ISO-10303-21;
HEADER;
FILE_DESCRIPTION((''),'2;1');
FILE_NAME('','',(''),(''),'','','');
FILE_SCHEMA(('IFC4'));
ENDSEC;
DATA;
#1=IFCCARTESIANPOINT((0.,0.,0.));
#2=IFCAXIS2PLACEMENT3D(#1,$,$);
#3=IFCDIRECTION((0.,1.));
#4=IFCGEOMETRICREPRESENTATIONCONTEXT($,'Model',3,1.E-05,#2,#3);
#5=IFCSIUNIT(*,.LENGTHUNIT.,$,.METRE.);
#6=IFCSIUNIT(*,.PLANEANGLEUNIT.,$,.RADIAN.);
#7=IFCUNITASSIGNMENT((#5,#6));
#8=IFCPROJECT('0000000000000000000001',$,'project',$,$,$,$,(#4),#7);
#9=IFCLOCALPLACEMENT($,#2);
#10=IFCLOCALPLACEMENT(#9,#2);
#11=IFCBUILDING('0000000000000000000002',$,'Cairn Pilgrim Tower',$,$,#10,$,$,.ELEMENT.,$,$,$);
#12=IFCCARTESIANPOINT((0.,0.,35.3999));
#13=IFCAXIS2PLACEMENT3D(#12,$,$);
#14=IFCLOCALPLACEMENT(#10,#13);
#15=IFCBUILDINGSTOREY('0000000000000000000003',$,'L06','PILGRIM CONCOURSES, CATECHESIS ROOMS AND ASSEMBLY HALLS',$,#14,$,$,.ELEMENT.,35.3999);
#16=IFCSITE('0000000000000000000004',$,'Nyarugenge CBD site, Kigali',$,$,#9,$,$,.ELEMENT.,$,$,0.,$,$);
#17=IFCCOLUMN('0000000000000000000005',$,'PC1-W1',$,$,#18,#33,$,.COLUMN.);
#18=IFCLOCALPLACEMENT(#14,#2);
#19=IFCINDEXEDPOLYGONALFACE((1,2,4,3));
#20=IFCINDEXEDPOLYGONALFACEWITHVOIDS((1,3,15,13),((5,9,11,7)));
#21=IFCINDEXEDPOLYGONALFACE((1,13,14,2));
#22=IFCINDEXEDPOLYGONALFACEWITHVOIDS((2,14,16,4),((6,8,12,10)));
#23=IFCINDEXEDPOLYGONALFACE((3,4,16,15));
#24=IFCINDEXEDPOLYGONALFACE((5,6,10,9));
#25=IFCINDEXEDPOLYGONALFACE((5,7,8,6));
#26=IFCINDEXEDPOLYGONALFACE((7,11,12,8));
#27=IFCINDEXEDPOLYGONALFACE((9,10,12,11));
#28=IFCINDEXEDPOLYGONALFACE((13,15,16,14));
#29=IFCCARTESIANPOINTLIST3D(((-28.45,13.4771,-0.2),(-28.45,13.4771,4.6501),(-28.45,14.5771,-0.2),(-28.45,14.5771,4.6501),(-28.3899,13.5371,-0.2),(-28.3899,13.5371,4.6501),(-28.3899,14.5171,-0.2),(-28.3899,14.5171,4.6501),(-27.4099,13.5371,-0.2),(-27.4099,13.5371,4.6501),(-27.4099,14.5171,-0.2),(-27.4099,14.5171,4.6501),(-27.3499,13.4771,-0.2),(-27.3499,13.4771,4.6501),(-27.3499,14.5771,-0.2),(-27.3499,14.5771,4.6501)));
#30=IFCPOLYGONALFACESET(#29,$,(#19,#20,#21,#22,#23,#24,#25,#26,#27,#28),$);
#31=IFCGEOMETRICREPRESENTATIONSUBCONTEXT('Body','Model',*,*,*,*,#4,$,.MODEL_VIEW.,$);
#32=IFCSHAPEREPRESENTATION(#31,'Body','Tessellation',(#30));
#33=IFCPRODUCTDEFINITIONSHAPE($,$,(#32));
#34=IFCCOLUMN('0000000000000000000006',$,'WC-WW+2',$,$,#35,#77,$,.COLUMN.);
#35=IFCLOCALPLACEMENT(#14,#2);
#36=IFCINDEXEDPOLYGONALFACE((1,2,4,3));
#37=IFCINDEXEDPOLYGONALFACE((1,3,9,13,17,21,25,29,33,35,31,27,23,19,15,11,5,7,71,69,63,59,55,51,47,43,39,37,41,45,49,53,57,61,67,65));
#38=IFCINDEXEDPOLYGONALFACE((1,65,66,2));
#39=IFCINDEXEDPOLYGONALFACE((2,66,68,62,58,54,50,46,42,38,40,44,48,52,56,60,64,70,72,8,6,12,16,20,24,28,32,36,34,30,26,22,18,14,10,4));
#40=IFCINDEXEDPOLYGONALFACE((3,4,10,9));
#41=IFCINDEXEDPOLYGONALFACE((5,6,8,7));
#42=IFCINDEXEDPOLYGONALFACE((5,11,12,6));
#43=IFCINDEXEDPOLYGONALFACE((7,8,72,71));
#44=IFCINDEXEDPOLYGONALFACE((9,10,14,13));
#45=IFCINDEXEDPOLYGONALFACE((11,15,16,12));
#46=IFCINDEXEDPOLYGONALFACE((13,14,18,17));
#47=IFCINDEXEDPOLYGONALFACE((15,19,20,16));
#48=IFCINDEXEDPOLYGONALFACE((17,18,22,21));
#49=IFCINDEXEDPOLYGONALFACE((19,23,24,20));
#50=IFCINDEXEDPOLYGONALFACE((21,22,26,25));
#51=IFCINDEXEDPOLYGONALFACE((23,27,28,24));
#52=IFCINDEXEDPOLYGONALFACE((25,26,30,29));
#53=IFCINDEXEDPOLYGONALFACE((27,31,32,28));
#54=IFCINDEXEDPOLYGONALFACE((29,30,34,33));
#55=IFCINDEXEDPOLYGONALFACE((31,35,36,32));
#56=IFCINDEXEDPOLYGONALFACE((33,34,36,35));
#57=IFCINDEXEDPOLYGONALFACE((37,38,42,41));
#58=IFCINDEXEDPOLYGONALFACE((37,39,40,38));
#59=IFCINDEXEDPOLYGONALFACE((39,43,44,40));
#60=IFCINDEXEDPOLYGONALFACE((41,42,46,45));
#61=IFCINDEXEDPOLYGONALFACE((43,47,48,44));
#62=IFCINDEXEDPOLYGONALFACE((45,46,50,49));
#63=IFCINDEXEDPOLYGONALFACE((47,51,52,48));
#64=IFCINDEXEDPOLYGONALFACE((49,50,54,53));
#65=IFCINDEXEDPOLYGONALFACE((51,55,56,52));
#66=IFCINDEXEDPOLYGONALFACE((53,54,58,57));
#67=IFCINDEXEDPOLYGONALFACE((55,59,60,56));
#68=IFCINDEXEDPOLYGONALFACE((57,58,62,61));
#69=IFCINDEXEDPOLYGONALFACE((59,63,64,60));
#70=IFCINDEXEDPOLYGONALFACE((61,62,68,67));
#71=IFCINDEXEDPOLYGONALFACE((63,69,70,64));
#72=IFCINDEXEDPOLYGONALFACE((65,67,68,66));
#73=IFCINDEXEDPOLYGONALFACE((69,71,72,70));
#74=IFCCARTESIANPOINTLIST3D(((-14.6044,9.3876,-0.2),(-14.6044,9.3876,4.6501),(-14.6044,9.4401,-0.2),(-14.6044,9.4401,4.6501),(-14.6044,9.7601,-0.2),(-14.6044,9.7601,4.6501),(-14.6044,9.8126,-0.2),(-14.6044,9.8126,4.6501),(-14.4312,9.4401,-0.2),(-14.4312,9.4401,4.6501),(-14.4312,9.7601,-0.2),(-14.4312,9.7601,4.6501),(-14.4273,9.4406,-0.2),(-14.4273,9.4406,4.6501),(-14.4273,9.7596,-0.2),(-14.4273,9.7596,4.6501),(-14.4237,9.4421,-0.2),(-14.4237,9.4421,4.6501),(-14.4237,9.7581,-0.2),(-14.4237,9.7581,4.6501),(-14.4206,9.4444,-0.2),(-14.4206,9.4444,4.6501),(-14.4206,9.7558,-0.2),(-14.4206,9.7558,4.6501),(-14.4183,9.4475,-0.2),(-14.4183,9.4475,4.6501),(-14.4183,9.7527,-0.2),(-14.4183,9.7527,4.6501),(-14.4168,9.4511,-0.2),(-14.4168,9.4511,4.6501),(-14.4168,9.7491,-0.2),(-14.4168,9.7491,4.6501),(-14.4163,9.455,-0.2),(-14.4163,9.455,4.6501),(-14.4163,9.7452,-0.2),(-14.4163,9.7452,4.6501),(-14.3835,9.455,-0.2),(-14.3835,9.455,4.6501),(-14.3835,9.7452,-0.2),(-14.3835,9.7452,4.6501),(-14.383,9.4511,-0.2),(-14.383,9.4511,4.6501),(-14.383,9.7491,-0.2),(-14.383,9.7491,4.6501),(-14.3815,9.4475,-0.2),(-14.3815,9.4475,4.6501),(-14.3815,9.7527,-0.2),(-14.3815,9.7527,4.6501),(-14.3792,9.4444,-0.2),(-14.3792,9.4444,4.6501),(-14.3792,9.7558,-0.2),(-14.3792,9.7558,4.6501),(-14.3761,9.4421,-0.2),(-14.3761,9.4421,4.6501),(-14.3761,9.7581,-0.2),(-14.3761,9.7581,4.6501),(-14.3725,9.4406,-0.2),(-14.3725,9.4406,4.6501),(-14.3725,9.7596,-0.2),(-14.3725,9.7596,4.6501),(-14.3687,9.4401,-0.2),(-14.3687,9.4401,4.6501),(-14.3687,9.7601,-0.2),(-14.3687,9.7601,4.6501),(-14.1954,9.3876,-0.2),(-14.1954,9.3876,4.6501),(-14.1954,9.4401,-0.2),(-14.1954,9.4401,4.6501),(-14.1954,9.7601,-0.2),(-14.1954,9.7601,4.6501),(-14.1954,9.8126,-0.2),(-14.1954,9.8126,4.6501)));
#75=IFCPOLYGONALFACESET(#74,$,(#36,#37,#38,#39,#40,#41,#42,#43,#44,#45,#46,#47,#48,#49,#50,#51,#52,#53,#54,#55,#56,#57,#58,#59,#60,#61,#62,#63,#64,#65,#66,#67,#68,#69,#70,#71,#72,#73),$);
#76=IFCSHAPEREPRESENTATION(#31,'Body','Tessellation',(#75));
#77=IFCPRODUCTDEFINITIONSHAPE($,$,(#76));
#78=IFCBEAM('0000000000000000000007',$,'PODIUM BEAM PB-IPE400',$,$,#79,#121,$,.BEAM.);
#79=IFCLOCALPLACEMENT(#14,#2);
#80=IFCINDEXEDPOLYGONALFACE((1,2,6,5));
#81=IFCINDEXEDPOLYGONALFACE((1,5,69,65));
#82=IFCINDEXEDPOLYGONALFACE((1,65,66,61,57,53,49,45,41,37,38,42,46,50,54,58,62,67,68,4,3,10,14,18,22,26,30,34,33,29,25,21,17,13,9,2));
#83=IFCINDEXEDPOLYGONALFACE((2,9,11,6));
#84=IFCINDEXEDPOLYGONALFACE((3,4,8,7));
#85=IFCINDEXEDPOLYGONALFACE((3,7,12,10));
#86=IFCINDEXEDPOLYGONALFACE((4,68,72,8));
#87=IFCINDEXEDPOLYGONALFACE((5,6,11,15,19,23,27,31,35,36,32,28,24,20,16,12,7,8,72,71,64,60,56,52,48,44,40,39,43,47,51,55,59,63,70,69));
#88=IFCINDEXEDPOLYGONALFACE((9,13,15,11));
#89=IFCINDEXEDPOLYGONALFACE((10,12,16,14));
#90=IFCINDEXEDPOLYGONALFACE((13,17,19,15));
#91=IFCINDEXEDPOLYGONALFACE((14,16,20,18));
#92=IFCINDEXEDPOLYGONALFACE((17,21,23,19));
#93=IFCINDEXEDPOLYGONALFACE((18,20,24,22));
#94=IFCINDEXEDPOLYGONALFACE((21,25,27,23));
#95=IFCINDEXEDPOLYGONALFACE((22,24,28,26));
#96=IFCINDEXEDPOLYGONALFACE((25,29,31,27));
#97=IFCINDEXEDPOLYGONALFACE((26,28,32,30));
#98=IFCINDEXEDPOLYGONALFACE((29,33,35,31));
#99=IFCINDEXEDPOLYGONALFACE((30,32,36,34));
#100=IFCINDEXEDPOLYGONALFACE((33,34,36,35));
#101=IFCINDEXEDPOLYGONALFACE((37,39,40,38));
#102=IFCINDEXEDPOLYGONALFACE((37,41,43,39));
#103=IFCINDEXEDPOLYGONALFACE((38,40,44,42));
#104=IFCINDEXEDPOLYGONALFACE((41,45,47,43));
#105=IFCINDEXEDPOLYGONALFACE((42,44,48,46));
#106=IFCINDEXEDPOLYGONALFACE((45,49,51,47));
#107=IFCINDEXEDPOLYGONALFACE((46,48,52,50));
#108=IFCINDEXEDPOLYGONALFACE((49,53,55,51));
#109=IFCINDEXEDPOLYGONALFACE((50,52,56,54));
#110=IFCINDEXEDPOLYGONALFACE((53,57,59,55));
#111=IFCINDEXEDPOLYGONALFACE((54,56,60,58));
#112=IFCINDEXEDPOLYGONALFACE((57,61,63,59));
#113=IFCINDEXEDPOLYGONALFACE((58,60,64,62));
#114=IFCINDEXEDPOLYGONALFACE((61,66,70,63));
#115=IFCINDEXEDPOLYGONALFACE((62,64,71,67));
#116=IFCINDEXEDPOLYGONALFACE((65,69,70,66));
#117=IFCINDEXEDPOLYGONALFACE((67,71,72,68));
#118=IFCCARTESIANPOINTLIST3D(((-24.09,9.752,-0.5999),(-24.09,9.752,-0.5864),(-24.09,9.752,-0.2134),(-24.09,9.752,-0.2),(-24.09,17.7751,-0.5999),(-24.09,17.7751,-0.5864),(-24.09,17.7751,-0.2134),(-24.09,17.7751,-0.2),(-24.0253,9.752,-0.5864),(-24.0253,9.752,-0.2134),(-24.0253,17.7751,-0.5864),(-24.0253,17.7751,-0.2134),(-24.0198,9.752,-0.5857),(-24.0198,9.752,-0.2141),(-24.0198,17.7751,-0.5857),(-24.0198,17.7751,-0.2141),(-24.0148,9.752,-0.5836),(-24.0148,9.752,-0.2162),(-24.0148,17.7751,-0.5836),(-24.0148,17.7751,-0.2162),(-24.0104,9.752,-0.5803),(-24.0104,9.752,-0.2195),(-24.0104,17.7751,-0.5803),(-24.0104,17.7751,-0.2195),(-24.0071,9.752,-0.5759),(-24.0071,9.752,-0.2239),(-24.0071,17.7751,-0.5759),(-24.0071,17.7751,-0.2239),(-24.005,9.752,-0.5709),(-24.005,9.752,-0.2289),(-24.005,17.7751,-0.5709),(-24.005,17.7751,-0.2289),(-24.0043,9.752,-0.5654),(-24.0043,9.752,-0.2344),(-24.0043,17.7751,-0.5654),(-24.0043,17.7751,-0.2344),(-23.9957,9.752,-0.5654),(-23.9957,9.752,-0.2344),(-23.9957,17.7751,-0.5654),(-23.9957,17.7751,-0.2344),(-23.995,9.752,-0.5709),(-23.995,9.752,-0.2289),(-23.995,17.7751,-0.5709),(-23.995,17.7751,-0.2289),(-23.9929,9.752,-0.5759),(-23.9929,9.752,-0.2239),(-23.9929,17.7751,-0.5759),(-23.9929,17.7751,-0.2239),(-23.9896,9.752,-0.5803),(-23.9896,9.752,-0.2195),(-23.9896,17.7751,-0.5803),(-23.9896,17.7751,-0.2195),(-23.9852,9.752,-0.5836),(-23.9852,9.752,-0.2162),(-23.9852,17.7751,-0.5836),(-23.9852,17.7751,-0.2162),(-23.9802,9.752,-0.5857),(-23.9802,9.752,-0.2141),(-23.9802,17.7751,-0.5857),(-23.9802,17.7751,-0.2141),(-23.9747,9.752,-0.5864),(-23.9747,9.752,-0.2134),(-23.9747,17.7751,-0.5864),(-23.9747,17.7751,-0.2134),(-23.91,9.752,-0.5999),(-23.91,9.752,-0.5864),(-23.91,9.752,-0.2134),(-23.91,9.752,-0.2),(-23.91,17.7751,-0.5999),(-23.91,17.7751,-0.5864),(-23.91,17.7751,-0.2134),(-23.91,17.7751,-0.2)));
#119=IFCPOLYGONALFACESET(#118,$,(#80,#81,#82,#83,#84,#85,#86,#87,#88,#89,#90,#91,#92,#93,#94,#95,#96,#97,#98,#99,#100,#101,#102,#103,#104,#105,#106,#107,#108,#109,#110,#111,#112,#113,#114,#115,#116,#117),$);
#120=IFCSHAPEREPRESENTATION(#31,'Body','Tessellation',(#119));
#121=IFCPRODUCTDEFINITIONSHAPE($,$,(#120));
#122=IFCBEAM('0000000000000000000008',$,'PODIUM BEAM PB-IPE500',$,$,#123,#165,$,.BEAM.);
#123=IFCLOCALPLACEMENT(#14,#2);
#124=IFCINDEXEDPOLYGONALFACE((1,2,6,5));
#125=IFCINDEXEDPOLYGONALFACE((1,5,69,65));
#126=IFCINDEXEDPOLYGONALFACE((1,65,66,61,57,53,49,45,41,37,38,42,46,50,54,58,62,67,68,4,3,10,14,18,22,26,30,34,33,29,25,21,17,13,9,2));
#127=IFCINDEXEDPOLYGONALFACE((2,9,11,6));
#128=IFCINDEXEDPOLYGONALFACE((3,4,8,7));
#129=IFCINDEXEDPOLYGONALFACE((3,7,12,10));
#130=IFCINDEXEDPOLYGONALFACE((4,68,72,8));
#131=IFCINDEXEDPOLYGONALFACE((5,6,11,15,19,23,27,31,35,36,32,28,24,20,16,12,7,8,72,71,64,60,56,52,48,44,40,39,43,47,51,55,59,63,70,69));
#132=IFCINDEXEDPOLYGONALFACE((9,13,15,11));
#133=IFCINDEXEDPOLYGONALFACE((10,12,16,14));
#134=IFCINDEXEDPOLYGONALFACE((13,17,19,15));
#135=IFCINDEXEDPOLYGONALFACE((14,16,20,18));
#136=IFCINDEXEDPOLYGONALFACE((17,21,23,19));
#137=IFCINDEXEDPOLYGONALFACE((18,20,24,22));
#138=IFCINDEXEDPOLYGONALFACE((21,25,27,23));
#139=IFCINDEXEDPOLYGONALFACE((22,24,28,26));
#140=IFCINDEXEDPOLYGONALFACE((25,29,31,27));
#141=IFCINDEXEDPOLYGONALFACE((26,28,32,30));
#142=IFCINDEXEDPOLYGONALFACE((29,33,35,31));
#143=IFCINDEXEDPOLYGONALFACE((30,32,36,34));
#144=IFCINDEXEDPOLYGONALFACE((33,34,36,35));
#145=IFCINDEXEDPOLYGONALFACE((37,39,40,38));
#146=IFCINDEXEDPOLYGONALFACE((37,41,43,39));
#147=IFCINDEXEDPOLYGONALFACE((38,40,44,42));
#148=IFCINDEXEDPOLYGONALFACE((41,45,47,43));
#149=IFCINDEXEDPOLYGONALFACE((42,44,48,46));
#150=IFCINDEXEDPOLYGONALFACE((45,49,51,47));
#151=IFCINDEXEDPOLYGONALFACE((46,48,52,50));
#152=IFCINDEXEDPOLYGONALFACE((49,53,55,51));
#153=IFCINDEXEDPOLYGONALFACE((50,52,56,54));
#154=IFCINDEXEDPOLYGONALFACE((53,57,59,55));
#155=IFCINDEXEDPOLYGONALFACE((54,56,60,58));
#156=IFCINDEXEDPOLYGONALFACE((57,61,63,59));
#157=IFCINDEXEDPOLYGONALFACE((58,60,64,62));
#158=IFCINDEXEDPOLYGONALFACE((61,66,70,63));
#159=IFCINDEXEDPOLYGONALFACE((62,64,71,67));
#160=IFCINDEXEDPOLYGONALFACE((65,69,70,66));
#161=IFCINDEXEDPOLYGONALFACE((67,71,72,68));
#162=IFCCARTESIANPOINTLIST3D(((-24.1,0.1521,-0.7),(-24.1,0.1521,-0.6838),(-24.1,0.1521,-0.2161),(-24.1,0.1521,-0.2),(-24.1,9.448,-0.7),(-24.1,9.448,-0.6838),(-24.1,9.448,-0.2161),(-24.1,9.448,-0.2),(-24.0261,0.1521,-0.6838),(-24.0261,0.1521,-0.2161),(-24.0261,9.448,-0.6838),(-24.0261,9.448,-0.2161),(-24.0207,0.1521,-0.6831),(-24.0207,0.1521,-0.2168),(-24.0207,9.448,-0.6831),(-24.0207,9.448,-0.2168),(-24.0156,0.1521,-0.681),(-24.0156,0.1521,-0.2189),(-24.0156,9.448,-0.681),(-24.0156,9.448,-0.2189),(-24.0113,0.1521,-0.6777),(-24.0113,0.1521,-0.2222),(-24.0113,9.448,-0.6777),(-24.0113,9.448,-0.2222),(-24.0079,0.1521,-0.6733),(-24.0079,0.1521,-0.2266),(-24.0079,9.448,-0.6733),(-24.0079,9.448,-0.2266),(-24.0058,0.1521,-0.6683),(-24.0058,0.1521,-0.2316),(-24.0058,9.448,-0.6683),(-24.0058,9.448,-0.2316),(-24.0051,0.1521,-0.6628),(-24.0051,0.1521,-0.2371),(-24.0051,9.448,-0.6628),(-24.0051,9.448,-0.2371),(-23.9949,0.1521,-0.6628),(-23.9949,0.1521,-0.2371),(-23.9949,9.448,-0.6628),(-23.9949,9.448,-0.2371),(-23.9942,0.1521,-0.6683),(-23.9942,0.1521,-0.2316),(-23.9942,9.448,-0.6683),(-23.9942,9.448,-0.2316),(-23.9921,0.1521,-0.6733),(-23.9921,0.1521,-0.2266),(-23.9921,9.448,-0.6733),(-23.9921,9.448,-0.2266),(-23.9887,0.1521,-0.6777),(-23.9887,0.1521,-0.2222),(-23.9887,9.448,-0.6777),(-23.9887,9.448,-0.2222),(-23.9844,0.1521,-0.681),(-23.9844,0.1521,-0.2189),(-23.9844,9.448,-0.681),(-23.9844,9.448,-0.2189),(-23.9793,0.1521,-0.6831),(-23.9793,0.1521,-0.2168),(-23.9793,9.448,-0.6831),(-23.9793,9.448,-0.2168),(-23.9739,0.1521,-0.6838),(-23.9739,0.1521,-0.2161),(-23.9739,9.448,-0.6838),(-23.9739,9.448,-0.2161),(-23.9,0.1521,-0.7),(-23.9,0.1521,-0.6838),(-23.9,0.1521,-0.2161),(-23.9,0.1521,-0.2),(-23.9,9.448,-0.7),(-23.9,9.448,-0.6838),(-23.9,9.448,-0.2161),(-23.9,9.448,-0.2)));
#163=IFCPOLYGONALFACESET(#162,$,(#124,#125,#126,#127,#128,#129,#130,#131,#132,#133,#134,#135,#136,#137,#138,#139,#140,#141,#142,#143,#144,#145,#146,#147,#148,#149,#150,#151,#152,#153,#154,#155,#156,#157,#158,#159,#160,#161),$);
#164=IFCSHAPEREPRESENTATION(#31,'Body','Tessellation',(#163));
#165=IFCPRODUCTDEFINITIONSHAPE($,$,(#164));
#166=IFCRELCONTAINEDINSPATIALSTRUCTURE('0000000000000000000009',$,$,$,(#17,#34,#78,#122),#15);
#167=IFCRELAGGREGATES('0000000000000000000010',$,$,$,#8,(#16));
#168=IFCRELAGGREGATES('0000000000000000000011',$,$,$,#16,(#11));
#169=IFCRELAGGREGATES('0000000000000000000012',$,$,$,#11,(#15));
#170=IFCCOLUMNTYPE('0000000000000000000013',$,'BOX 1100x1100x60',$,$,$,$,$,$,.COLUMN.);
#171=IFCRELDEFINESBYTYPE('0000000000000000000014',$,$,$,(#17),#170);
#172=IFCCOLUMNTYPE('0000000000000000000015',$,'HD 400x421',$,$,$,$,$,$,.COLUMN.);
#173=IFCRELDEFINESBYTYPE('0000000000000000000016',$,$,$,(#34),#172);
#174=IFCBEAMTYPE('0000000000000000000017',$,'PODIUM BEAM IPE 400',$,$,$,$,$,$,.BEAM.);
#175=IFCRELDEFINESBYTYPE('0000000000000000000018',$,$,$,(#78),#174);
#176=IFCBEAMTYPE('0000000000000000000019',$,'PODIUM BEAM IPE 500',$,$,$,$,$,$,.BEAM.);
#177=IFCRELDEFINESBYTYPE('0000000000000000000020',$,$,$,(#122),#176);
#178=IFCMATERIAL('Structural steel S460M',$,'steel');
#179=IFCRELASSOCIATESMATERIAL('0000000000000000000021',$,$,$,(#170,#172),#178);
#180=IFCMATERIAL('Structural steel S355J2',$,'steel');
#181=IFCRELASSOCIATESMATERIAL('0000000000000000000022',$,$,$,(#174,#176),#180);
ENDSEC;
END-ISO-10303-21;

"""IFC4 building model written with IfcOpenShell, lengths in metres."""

from ifc_helpers import new_model, si_unit, direction, frame, origin, origin_2d, place, context, subcontext, project, spatial, hollow_rectangle, i_section, extrude, material, material_profile, profile_set, type_object, element, save


model = new_model("IFC4")

# Units and contexts
model_context = context("Model", 3, precision=1e-05, world=origin(), true_north=direction((0.0, 1.0)))
body_context = subcontext(model_context, "Body", "Model", "MODEL_VIEW")
ifc_project = project(units=[si_unit("LENGTHUNIT", "METRE"), si_unit("PLANEANGLEUNIT", "RADIAN")], contexts=[model_context])

# Site, building, storey
site_placement = place(None, origin())
site = spatial("IfcSite", under=ifc_project, at=site_placement, Name="Nyarugenge CBD site, Kigali", CompositionType="ELEMENT", RefElevation=0.0)
building_placement = place(site_placement, origin())
building = spatial("IfcBuilding", under=site, at=building_placement, Name="Cairn Pilgrim Tower", CompositionType="ELEMENT")
storey_placement = place(building_placement, frame((0.0, 0.0, 35.3999)))
storey = spatial("IfcBuildingStorey", under=building, at=storey_placement, Name="L06", Description="PILGRIM CONCOURSES, CATECHESIS ROOMS AND ASSEMBLY HALLS", CompositionType="ELEMENT", Elevation=35.3999)

# Columns
ifc_material_1 = material(Name="Structural steel S460M", Category="steel")
ifc_material_profile_1 = material_profile(ifc_material_1, hollow_rectangle(XDim=1.1001, YDim=1.1001, WallThickness=0.0601, at=origin_2d()), Name="BOX 1100x1100x60")
ifc_profile_set_1 = profile_set([ifc_material_profile_1], Name="Structural steel S460M")
column_type_1 = type_object("IfcColumnType", Name="BOX 1100x1100x60", PredefinedType="COLUMN", material=ifc_profile_set_1)
column_1_placement = place(storey_placement, frame((-27.8999, 14.0271, -0.2), z_axis=(0.0, 0.0, 1.0), x_axis=(1.0, 0.0, 0.0)))
element("IfcColumn", 1, at=column_1_placement, inside=storey, type_object=column_type_1, Name="PC1-W1", PredefinedType="COLUMN", context=body_context, shape_type="SweptSolid", body=[
    extrude(hollow_rectangle(XDim=1.1001, YDim=1.1001, WallThickness=0.0601, at=origin_2d()), origin(), (0.0, 0.0, 1.0), 4.8501),
])
ifc_material_profile_2 = material_profile(ifc_material_1, i_section(OverallWidth=0.4089, OverallDepth=0.425, WebThickness=0.0327, FlangeThickness=0.0525, FilletRadius=0.0149, at=origin_2d()), Name="HD 400x421")
ifc_profile_set_2 = profile_set([ifc_material_profile_2], Name="Structural steel S460M")
column_type_2 = type_object("IfcColumnType", Name="HD 400x421", PredefinedType="COLUMN", material=ifc_profile_set_2)
column_2_placement = place(storey_placement, frame((-14.3999, 9.6001, -0.2), z_axis=(0.0, 0.0, 1.0), x_axis=(1.0, 0.0, 0.0)))
element("IfcColumn", 2, at=column_2_placement, inside=storey, type_object=column_type_2, Name="WC-WW+2", PredefinedType="COLUMN", context=body_context, shape_type="SweptSolid", body=[
    extrude(i_section(OverallWidth=0.4089, OverallDepth=0.425, WebThickness=0.0327, FlangeThickness=0.0525, FilletRadius=0.0149, at=origin_2d()), origin(), (0.0, 0.0, 1.0), 4.8501),
])

# Beams
ifc_material_2 = material(Name="Structural steel S355J2", Category="steel")
ifc_material_profile_3 = material_profile(ifc_material_2, i_section(OverallWidth=0.1799, OverallDepth=0.3999, WebThickness=0.0085, FlangeThickness=0.0134, FilletRadius=0.021, at=origin_2d()), Name="IPE 400")
ifc_profile_set_3 = profile_set([ifc_material_profile_3], Name="Structural steel S355J2")
beam_type_1 = type_object("IfcBeamType", Name="PODIUM BEAM IPE 400", PredefinedType="BEAM", material=ifc_profile_set_3)
beam_1_placement = place(storey_placement, frame((-24.0, 9.752, -0.3999), z_axis=(0.0, 1.0, 0.0), x_axis=(-1.0, 0.0, 0.0)))
element("IfcBeam", 3, at=beam_1_placement, inside=storey, type_object=beam_type_1, Name="PODIUM BEAM PB-IPE400", PredefinedType="BEAM", context=body_context, shape_type="SweptSolid", body=[
    extrude(i_section(OverallWidth=0.1799, OverallDepth=0.3999, WebThickness=0.0085, FlangeThickness=0.0134, FilletRadius=0.021, at=origin_2d()), origin(), (0.0, 0.0, 1.0), 8.0232),
])
ifc_material_profile_4 = material_profile(ifc_material_2, i_section(OverallWidth=0.2, OverallDepth=0.5, WebThickness=0.0103, FlangeThickness=0.0161, FilletRadius=0.021, at=origin_2d()), Name="IPE 500")
ifc_profile_set_4 = profile_set([ifc_material_profile_4], Name="Structural steel S355J2")
beam_type_2 = type_object("IfcBeamType", Name="PODIUM BEAM IPE 500", PredefinedType="BEAM", material=ifc_profile_set_4)
for number, where, z_axis, x_axis, name in (
    (4, (-24.0, 0.1521, -0.45), (0.0, 1.0, 0.0), (-1.0, 0.0, 0.0), "PODIUM BEAM PB-IPE500"),
):
    element("IfcBeam", number, at=place(storey_placement, frame(where, z_axis=z_axis, x_axis=x_axis)), inside=storey, type_object=beam_type_2, Name=name, PredefinedType="BEAM", context=body_context, shape_type="SweptSolid", body=[
        extrude(i_section(OverallWidth=0.2, OverallDepth=0.5, WebThickness=0.0103, FlangeThickness=0.0161, FilletRadius=0.021, at=origin_2d()), origin(), (0.0, 0.0, 1.0), 9.2959),
    ])

save(model, "model.ifc")
